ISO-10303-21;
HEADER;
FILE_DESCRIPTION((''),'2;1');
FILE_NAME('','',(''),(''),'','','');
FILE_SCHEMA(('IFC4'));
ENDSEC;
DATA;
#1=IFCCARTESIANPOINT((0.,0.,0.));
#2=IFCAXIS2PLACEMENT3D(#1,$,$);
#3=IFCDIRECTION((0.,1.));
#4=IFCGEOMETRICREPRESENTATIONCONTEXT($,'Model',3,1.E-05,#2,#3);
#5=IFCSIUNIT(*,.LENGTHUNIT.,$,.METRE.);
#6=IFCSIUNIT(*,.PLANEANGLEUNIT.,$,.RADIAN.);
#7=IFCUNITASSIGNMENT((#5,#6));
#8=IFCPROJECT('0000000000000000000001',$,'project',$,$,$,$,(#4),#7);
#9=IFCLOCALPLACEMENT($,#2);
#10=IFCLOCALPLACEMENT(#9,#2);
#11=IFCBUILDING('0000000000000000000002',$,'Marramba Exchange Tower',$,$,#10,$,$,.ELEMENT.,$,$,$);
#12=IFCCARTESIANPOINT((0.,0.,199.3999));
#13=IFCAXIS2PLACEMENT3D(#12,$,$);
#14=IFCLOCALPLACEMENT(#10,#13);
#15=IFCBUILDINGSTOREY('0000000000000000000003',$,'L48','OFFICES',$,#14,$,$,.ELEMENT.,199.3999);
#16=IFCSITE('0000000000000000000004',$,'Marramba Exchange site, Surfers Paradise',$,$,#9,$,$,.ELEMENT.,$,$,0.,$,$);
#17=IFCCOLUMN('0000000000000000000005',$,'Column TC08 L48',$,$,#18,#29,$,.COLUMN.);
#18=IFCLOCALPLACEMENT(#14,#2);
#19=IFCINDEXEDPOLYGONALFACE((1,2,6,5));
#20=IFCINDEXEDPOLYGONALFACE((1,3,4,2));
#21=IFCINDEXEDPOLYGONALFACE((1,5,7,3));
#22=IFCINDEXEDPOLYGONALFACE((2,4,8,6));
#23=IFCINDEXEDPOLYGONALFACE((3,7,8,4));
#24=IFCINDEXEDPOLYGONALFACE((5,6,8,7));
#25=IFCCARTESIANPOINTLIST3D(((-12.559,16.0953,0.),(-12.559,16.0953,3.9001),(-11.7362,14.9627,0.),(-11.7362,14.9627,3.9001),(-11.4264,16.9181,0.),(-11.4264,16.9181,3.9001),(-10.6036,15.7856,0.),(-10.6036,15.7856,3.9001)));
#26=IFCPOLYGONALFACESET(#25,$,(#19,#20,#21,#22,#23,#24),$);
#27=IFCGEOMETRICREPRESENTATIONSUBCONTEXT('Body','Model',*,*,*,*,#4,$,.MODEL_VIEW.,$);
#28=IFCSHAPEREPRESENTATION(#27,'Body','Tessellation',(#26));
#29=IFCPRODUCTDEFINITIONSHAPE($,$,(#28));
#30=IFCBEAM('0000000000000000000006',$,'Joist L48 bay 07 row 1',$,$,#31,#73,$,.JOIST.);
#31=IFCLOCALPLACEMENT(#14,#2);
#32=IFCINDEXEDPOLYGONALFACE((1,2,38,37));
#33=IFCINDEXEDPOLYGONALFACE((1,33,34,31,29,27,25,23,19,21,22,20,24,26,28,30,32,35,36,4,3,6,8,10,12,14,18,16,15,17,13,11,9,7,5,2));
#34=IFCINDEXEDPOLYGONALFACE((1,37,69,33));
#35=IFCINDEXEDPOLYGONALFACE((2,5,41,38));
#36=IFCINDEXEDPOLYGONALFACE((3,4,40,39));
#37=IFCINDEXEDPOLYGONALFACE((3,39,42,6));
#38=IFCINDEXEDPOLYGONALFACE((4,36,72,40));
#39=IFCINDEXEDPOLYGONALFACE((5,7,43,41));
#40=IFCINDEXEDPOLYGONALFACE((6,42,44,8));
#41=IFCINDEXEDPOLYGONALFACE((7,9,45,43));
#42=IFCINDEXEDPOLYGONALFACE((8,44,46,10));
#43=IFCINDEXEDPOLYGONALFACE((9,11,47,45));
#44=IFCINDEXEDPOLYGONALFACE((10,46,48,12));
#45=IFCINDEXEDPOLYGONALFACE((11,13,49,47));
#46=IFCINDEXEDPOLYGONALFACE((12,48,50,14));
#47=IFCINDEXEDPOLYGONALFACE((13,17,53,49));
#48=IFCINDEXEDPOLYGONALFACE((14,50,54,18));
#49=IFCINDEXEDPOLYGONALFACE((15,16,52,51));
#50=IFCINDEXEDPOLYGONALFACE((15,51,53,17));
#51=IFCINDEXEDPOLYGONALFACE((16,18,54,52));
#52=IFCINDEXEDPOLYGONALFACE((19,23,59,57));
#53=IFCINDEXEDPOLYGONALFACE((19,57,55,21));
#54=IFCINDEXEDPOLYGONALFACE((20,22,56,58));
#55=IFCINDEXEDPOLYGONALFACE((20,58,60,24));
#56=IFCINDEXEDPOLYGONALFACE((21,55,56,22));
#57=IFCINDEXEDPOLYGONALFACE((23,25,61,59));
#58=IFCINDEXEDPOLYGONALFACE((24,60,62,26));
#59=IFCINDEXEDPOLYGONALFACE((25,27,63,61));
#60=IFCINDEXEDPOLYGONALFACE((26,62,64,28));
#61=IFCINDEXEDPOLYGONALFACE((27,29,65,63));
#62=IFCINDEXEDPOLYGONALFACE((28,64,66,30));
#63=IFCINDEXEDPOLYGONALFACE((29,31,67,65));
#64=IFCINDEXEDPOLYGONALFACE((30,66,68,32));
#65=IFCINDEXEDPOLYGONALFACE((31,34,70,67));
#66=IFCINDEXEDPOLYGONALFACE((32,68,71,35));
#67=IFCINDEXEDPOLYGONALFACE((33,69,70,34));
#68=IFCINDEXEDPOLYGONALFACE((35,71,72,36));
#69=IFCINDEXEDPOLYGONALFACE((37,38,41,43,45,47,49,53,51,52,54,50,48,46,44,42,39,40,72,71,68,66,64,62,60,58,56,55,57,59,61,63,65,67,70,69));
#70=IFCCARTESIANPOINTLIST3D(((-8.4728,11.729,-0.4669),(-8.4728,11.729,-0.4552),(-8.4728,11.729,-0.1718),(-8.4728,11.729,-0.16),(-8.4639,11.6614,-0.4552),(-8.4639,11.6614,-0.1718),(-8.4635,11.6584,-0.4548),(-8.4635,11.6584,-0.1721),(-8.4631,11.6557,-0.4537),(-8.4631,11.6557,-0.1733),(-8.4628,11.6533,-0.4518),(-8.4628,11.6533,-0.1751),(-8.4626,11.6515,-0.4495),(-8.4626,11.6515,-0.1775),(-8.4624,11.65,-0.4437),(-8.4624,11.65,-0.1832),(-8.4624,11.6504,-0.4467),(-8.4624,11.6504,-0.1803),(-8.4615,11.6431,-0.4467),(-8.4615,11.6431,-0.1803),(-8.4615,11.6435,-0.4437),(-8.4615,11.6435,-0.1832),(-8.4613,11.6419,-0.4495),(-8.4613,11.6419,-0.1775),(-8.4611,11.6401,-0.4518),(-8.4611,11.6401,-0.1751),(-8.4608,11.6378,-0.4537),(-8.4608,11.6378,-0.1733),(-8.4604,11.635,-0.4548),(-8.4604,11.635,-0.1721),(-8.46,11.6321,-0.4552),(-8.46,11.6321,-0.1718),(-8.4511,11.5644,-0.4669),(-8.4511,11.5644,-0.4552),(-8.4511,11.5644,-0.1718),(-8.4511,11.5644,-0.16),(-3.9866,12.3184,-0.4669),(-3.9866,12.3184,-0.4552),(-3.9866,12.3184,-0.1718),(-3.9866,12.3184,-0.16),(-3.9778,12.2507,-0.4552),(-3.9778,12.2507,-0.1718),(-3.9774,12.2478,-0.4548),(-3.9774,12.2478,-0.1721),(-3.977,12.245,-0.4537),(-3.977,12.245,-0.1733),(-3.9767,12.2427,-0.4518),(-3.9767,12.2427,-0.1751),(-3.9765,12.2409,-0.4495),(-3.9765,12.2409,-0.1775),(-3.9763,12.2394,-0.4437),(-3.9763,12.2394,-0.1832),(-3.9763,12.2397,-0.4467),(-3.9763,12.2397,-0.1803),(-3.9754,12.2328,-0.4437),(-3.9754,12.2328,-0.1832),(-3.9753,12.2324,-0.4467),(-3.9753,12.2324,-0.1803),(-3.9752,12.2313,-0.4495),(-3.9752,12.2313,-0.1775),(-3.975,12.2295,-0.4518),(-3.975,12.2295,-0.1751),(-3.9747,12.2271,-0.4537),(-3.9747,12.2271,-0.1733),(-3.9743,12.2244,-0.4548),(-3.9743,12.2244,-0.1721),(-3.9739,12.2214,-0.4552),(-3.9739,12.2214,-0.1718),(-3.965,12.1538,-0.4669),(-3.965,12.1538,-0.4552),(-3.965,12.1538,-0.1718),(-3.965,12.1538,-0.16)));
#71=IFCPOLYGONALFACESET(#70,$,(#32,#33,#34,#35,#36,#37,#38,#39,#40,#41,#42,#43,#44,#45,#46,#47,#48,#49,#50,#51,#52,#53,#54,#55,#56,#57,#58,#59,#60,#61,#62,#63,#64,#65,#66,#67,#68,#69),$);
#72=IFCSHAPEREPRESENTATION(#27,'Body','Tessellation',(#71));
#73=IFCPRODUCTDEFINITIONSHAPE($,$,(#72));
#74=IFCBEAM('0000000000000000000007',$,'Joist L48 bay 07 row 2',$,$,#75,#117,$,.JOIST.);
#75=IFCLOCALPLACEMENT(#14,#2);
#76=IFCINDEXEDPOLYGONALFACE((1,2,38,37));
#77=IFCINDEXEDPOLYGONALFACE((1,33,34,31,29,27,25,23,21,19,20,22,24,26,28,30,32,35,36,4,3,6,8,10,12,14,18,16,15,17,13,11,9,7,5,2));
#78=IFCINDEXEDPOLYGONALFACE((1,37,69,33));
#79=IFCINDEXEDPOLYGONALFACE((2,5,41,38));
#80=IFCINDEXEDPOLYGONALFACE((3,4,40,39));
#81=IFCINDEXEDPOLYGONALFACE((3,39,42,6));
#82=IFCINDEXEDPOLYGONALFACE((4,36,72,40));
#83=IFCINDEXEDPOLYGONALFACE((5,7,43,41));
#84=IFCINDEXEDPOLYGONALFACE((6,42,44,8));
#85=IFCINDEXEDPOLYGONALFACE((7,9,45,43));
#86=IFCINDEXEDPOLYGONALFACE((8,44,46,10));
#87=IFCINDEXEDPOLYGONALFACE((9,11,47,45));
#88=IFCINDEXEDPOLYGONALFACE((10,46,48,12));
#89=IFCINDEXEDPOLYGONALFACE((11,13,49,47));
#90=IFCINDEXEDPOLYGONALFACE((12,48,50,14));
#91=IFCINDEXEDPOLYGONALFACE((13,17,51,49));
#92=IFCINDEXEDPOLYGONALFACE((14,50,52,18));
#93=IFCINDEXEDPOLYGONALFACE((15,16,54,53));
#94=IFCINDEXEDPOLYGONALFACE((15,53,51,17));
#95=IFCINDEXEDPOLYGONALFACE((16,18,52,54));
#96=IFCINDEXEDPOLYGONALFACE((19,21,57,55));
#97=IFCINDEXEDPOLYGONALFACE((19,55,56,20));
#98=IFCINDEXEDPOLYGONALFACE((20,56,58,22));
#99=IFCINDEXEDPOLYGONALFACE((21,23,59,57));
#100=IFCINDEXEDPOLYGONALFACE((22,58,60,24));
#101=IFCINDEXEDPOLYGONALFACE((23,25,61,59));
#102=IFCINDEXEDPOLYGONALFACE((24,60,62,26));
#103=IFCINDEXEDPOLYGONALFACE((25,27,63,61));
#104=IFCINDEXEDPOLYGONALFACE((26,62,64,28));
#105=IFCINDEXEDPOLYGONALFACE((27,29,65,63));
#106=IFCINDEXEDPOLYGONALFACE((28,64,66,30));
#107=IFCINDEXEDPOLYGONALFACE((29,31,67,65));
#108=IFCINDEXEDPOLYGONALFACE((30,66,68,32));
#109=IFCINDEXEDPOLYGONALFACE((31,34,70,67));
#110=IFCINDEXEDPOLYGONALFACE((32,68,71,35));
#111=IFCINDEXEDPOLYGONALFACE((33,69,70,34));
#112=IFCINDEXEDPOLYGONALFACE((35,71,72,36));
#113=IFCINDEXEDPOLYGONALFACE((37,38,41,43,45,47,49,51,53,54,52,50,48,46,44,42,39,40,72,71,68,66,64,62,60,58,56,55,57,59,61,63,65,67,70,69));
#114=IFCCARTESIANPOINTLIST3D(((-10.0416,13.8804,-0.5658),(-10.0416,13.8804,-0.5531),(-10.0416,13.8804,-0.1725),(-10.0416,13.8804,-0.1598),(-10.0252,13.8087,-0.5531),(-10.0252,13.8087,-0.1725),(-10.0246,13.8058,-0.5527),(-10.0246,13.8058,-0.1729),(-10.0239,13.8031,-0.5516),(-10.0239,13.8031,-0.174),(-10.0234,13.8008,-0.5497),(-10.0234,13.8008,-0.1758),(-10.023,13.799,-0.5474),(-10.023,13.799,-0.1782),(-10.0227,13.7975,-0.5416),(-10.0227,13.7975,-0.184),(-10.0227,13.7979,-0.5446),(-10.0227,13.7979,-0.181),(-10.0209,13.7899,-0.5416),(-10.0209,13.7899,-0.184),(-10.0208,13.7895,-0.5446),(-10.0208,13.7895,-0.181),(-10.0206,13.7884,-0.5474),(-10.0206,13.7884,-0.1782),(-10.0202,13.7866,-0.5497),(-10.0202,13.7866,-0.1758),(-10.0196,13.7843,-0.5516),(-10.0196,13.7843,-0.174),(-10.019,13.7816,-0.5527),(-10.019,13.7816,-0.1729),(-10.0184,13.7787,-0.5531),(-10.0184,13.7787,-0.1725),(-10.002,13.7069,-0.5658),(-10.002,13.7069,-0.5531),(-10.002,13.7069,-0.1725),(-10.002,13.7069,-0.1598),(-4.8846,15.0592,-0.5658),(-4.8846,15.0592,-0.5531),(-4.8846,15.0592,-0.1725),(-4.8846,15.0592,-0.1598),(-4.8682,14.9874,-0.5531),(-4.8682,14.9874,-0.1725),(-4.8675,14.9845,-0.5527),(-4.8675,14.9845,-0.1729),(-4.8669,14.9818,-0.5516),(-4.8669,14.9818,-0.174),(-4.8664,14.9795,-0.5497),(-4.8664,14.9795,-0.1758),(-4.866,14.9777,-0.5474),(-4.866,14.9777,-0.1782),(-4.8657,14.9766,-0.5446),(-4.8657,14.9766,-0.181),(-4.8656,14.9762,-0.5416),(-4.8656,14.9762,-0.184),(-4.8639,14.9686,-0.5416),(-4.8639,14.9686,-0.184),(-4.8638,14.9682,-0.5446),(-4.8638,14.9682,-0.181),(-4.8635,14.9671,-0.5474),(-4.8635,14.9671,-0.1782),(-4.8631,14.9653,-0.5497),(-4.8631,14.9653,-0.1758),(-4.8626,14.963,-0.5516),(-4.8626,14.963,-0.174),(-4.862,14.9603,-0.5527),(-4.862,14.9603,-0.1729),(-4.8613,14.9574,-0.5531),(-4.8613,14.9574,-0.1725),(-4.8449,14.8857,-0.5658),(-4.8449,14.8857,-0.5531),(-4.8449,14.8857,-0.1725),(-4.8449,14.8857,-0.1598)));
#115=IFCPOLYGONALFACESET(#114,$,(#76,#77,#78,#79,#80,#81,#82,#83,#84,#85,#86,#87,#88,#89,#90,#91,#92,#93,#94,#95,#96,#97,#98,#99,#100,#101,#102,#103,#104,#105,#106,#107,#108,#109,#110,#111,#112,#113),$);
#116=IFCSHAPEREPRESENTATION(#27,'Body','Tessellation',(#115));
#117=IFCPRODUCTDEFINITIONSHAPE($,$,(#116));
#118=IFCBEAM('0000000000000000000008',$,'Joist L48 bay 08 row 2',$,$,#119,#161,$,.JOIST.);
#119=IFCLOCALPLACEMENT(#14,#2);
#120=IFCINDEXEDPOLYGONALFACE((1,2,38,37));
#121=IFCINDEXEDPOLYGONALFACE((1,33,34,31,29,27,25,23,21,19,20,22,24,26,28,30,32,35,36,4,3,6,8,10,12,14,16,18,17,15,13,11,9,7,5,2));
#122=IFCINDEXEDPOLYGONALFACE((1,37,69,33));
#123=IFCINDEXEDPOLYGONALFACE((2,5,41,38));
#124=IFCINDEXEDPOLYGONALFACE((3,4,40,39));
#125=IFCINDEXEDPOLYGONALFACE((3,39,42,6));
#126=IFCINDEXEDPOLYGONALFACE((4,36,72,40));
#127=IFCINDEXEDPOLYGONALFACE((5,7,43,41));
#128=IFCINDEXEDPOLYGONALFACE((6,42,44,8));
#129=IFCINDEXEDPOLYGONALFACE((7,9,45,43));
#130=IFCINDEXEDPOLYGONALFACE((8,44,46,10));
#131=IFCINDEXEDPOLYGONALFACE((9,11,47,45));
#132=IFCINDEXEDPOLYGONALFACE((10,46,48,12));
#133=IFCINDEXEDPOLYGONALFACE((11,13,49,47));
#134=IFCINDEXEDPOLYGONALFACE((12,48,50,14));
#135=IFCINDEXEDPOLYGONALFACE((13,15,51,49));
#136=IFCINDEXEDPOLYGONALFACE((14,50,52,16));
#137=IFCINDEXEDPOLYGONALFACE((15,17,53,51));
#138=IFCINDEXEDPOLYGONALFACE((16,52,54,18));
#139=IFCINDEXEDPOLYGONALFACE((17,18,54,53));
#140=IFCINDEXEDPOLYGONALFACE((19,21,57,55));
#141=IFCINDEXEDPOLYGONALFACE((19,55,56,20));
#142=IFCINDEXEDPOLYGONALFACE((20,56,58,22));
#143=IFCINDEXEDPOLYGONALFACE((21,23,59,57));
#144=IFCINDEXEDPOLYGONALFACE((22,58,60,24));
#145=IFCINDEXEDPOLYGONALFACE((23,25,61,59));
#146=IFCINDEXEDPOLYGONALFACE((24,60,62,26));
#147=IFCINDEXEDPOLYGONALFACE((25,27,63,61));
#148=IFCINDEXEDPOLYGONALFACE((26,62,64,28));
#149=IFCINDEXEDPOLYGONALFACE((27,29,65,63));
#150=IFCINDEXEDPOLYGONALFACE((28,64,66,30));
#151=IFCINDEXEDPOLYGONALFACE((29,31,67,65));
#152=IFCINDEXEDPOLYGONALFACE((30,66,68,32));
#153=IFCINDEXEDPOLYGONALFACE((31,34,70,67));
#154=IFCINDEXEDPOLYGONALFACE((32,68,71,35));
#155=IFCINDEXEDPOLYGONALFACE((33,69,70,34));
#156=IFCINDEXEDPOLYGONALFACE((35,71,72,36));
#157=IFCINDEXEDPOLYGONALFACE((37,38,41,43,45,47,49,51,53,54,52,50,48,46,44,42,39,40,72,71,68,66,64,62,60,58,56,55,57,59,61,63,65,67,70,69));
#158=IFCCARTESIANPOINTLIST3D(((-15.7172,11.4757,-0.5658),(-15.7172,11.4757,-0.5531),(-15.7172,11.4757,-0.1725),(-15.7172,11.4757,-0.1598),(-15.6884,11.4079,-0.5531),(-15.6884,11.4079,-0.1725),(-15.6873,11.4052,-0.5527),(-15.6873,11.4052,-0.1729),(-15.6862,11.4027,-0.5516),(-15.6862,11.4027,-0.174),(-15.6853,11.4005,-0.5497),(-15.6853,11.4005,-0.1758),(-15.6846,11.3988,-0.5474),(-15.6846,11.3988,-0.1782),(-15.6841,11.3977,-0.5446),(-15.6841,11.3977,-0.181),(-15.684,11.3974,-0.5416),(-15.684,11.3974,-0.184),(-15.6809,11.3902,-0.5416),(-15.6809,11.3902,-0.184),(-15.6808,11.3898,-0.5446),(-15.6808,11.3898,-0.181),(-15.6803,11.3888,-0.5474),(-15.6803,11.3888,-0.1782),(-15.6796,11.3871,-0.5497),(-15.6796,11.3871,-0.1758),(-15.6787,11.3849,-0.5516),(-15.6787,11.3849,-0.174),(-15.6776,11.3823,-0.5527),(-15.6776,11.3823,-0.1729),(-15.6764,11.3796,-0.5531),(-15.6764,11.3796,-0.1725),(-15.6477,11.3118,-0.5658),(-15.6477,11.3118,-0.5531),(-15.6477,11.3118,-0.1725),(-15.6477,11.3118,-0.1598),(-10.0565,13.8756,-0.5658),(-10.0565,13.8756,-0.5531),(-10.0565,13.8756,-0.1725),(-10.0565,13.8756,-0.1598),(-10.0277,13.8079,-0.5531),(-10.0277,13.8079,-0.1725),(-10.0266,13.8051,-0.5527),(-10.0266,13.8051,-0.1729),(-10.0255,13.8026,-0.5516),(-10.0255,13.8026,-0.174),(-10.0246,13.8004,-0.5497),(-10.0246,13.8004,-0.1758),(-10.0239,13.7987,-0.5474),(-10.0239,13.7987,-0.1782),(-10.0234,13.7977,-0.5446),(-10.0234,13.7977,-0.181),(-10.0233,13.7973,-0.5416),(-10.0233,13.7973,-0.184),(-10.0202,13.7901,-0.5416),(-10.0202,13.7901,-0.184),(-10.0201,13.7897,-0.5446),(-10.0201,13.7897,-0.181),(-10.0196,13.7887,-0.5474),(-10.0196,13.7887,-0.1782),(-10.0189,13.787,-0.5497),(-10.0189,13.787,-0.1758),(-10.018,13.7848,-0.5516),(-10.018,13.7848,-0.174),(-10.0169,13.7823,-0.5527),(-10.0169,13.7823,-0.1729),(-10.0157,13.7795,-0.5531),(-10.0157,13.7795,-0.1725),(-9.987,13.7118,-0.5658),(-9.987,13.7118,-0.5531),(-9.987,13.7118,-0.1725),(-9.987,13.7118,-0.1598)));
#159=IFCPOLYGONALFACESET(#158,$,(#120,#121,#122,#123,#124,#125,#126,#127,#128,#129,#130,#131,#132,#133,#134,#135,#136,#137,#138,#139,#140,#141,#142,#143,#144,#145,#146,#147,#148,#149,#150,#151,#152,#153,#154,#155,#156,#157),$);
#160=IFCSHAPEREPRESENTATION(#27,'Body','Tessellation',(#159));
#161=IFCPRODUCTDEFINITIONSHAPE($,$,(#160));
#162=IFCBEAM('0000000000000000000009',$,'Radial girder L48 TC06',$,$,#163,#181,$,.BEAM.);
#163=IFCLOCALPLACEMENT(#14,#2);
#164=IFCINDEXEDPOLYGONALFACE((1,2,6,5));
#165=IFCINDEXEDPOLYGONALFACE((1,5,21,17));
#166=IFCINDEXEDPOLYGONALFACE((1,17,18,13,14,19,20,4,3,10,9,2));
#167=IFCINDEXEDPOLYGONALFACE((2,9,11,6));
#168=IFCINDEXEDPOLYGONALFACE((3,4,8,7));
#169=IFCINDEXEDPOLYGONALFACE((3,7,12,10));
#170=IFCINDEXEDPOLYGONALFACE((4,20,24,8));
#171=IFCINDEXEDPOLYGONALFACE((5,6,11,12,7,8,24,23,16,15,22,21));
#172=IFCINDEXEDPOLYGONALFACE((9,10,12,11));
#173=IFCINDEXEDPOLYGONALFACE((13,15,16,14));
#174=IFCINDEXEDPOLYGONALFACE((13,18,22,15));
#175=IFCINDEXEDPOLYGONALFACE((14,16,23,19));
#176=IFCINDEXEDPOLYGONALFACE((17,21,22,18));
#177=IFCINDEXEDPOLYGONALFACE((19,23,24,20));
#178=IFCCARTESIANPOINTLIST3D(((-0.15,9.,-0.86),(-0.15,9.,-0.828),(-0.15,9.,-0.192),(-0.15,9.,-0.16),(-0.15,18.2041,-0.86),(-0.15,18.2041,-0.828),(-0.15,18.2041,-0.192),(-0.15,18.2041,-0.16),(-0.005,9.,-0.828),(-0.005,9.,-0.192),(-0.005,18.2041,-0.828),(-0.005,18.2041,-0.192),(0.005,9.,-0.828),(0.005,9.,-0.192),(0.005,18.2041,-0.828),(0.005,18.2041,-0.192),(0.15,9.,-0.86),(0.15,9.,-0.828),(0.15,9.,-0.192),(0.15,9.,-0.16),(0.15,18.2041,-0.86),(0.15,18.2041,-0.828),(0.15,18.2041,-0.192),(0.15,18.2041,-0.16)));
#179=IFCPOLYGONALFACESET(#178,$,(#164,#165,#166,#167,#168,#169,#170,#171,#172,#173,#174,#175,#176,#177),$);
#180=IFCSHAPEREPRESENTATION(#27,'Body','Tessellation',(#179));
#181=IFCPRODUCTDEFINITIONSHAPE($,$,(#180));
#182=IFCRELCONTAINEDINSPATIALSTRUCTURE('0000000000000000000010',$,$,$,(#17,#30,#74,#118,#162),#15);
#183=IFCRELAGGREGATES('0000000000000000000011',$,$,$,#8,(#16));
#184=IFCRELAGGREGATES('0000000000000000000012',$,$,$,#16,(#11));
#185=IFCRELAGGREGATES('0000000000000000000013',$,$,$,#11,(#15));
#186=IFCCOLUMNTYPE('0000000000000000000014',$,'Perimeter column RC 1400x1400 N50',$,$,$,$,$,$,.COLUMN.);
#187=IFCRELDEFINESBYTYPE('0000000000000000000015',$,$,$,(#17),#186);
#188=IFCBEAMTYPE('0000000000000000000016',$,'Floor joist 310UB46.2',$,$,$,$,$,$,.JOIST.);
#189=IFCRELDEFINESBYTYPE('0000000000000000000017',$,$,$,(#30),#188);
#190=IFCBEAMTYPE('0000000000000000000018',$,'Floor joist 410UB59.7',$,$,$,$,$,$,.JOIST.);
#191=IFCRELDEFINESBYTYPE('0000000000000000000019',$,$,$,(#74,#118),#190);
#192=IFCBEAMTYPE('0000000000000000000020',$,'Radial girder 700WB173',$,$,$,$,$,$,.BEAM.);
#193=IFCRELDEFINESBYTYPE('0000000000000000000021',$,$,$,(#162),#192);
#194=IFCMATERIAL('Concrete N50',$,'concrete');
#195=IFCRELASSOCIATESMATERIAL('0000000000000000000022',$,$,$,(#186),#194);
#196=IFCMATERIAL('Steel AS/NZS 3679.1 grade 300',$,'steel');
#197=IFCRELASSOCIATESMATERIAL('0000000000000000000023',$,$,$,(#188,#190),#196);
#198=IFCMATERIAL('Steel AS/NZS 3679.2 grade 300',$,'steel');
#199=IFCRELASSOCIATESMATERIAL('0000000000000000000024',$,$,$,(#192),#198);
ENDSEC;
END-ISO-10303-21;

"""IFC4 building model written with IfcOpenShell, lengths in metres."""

from ifc_helpers import new_model, si_unit, direction, frame, origin, origin_2d, place, context, subcontext, project, spatial, rectangle, i_section, extrude, material, material_profile, profile_set, type_object, element, save


model = new_model("IFC4")

# Units and contexts
model_context = context("Model", 3, precision=1e-05, world=origin(), true_north=direction((0.0, 1.0)))
body_context = subcontext(model_context, "Body", "Model", "MODEL_VIEW")
ifc_project = project(units=[si_unit("LENGTHUNIT", "METRE"), si_unit("PLANEANGLEUNIT", "RADIAN")], contexts=[model_context])

# Site, building, storey
site_placement = place(None, origin())
site = spatial("IfcSite", under=ifc_project, at=site_placement, Name="Marramba Exchange site, Surfers Paradise", CompositionType="ELEMENT", RefElevation=0.0)
building_placement = place(site_placement, origin())
building = spatial("IfcBuilding", under=site, at=building_placement, Name="Marramba Exchange Tower", CompositionType="ELEMENT")
storey_placement = place(building_placement, frame((0.0, 0.0, 199.3999)))
storey = spatial("IfcBuildingStorey", under=building, at=storey_placement, Name="L48", Description="OFFICES", CompositionType="ELEMENT", Elevation=199.3999)

# Column
ifc_material_1 = material(Name="Concrete N50", Category="concrete")
ifc_material_profile_1 = material_profile(ifc_material_1, rectangle(XDim=1.3999, YDim=1.3999, at=origin_2d()), Name="RC 1400x1400")
ifc_profile_set_1 = profile_set([ifc_material_profile_1], Name="Concrete N50")
column_type = type_object("IfcColumnType", Name="Perimeter column RC 1400x1400 N50", PredefinedType="COLUMN", material=ifc_profile_set_1)
column_placement = place(storey_placement, frame((-11.5813, 15.9404, 0.0), z_axis=(0.0, 0.0, 1.0), x_axis=(-0.587785, 0.809017, 0.0)))
element("IfcColumn", 1, at=column_placement, inside=storey, type_object=column_type, Name="Column TC08 L48", PredefinedType="COLUMN", context=body_context, shape_type="SweptSolid", body=[
    extrude(rectangle(XDim=1.3999, YDim=1.3999, at=origin_2d()), origin(), (0.0, 0.0, 1.0), 3.9001),
])

# Beams
ifc_material_2 = material(Name="Steel AS/NZS 3679.1 grade 300", Category="steel")
ifc_material_profile_2 = material_profile(ifc_material_2, i_section(OverallWidth=0.166, OverallDepth=0.3069, WebThickness=0.0066, FlangeThickness=0.0117, FilletRadius=0.0115, at=origin_2d()), Name="310UB46.2")
ifc_profile_set_2 = profile_set([ifc_material_profile_2], Name="Steel AS/NZS 3679.1 grade 300")
beam_type_1 = type_object("IfcBeamType", Name="Floor joist 310UB46.2", PredefinedType="JOIST", material=ifc_profile_set_2)
beam_1_placement = place(storey_placement, frame((-3.9758, 12.2361, -0.3135), z_axis=(-0.991481, -0.130255, 0.0), x_axis=(0.130255, -0.991481, 0.0)))
element("IfcBeam", 2, at=beam_1_placement, inside=storey, type_object=beam_type_1, Name="Joist L48 bay 07 row 1", PredefinedType="JOIST", context=body_context, shape_type="SweptSolid", body=[
    extrude(i_section(OverallWidth=0.166, OverallDepth=0.3069, WebThickness=0.0066, FlangeThickness=0.0117, FilletRadius=0.0115, at=origin_2d()), origin(), (0.0, 0.0, 1.0), 4.5247),
])
ifc_material_profile_3 = material_profile(ifc_material_2, i_section(OverallWidth=0.178, OverallDepth=0.406, WebThickness=0.0078, FlangeThickness=0.0127, FilletRadius=0.0115, at=origin_2d()), Name="410UB59.7")
ifc_profile_set_3 = profile_set([ifc_material_profile_3], Name="Steel AS/NZS 3679.1 grade 300")
beam_type_2 = type_object("IfcBeamType", Name="Floor joist 410UB59.7", PredefinedType="JOIST", material=ifc_profile_set_3)
beam_2_placement = place(storey_placement, frame((-4.8647, 14.9724, -0.3628), z_axis=(-0.97486, -0.22282, 0.0), x_axis=(0.22282, -0.97486, 0.0)))
element("IfcBeam", 3, at=beam_2_placement, inside=storey, type_object=beam_type_2, Name="Joist L48 bay 07 row 2", PredefinedType="JOIST", context=body_context, shape_type="SweptSolid", body=[
    extrude(i_section(OverallWidth=0.178, OverallDepth=0.406, WebThickness=0.0078, FlangeThickness=0.0127, FilletRadius=0.0115, at=origin_2d()), origin(), (0.0, 0.0, 1.0), 5.29),
])
beam_3_placement = place(storey_placement, frame((-10.0217, 13.7937, -0.3628), z_axis=(-0.920674, -0.390332, 0.0), x_axis=(0.390332, -0.920674, 0.0)))
element("IfcBeam", 4, at=beam_3_placement, inside=storey, type_object=beam_type_2, Name="Joist L48 bay 08 row 2", PredefinedType="JOIST", context=body_context, shape_type="SweptSolid", body=[
    extrude(i_section(OverallWidth=0.178, OverallDepth=0.406, WebThickness=0.0078, FlangeThickness=0.0127, FilletRadius=0.0115, at=origin_2d()), origin(), (0.0, 0.0, 1.0), 6.1484),
])
ifc_material_3 = material(Name="Steel AS/NZS 3679.2 grade 300", Category="steel")
ifc_material_profile_4 = material_profile(ifc_material_3, i_section(OverallWidth=0.3, OverallDepth=0.7, WebThickness=0.01, FlangeThickness=0.032, at=origin_2d()), Name="700WB173")
ifc_profile_set_4 = profile_set([ifc_material_profile_4], Name="Steel AS/NZS 3679.2 grade 300")
beam_type_3 = type_object("IfcBeamType", Name="Radial girder 700WB173", PredefinedType="BEAM", material=ifc_profile_set_4)
beam_4_placement = place(storey_placement, frame((0.0, 9.0, -0.51), z_axis=(0.0, 1.0, 0.0), x_axis=(-1.0, 0.0, 0.0)))
element("IfcBeam", 5, at=beam_4_placement, inside=storey, type_object=beam_type_3, Name="Radial girder L48 TC06", PredefinedType="BEAM", context=body_context, shape_type="SweptSolid", body=[
    extrude(i_section(OverallWidth=0.3, OverallDepth=0.7, WebThickness=0.01, FlangeThickness=0.032, at=origin_2d()), origin(), (0.0, 0.0, 1.0), 9.2041),
])

save(model, "model.ifc")
